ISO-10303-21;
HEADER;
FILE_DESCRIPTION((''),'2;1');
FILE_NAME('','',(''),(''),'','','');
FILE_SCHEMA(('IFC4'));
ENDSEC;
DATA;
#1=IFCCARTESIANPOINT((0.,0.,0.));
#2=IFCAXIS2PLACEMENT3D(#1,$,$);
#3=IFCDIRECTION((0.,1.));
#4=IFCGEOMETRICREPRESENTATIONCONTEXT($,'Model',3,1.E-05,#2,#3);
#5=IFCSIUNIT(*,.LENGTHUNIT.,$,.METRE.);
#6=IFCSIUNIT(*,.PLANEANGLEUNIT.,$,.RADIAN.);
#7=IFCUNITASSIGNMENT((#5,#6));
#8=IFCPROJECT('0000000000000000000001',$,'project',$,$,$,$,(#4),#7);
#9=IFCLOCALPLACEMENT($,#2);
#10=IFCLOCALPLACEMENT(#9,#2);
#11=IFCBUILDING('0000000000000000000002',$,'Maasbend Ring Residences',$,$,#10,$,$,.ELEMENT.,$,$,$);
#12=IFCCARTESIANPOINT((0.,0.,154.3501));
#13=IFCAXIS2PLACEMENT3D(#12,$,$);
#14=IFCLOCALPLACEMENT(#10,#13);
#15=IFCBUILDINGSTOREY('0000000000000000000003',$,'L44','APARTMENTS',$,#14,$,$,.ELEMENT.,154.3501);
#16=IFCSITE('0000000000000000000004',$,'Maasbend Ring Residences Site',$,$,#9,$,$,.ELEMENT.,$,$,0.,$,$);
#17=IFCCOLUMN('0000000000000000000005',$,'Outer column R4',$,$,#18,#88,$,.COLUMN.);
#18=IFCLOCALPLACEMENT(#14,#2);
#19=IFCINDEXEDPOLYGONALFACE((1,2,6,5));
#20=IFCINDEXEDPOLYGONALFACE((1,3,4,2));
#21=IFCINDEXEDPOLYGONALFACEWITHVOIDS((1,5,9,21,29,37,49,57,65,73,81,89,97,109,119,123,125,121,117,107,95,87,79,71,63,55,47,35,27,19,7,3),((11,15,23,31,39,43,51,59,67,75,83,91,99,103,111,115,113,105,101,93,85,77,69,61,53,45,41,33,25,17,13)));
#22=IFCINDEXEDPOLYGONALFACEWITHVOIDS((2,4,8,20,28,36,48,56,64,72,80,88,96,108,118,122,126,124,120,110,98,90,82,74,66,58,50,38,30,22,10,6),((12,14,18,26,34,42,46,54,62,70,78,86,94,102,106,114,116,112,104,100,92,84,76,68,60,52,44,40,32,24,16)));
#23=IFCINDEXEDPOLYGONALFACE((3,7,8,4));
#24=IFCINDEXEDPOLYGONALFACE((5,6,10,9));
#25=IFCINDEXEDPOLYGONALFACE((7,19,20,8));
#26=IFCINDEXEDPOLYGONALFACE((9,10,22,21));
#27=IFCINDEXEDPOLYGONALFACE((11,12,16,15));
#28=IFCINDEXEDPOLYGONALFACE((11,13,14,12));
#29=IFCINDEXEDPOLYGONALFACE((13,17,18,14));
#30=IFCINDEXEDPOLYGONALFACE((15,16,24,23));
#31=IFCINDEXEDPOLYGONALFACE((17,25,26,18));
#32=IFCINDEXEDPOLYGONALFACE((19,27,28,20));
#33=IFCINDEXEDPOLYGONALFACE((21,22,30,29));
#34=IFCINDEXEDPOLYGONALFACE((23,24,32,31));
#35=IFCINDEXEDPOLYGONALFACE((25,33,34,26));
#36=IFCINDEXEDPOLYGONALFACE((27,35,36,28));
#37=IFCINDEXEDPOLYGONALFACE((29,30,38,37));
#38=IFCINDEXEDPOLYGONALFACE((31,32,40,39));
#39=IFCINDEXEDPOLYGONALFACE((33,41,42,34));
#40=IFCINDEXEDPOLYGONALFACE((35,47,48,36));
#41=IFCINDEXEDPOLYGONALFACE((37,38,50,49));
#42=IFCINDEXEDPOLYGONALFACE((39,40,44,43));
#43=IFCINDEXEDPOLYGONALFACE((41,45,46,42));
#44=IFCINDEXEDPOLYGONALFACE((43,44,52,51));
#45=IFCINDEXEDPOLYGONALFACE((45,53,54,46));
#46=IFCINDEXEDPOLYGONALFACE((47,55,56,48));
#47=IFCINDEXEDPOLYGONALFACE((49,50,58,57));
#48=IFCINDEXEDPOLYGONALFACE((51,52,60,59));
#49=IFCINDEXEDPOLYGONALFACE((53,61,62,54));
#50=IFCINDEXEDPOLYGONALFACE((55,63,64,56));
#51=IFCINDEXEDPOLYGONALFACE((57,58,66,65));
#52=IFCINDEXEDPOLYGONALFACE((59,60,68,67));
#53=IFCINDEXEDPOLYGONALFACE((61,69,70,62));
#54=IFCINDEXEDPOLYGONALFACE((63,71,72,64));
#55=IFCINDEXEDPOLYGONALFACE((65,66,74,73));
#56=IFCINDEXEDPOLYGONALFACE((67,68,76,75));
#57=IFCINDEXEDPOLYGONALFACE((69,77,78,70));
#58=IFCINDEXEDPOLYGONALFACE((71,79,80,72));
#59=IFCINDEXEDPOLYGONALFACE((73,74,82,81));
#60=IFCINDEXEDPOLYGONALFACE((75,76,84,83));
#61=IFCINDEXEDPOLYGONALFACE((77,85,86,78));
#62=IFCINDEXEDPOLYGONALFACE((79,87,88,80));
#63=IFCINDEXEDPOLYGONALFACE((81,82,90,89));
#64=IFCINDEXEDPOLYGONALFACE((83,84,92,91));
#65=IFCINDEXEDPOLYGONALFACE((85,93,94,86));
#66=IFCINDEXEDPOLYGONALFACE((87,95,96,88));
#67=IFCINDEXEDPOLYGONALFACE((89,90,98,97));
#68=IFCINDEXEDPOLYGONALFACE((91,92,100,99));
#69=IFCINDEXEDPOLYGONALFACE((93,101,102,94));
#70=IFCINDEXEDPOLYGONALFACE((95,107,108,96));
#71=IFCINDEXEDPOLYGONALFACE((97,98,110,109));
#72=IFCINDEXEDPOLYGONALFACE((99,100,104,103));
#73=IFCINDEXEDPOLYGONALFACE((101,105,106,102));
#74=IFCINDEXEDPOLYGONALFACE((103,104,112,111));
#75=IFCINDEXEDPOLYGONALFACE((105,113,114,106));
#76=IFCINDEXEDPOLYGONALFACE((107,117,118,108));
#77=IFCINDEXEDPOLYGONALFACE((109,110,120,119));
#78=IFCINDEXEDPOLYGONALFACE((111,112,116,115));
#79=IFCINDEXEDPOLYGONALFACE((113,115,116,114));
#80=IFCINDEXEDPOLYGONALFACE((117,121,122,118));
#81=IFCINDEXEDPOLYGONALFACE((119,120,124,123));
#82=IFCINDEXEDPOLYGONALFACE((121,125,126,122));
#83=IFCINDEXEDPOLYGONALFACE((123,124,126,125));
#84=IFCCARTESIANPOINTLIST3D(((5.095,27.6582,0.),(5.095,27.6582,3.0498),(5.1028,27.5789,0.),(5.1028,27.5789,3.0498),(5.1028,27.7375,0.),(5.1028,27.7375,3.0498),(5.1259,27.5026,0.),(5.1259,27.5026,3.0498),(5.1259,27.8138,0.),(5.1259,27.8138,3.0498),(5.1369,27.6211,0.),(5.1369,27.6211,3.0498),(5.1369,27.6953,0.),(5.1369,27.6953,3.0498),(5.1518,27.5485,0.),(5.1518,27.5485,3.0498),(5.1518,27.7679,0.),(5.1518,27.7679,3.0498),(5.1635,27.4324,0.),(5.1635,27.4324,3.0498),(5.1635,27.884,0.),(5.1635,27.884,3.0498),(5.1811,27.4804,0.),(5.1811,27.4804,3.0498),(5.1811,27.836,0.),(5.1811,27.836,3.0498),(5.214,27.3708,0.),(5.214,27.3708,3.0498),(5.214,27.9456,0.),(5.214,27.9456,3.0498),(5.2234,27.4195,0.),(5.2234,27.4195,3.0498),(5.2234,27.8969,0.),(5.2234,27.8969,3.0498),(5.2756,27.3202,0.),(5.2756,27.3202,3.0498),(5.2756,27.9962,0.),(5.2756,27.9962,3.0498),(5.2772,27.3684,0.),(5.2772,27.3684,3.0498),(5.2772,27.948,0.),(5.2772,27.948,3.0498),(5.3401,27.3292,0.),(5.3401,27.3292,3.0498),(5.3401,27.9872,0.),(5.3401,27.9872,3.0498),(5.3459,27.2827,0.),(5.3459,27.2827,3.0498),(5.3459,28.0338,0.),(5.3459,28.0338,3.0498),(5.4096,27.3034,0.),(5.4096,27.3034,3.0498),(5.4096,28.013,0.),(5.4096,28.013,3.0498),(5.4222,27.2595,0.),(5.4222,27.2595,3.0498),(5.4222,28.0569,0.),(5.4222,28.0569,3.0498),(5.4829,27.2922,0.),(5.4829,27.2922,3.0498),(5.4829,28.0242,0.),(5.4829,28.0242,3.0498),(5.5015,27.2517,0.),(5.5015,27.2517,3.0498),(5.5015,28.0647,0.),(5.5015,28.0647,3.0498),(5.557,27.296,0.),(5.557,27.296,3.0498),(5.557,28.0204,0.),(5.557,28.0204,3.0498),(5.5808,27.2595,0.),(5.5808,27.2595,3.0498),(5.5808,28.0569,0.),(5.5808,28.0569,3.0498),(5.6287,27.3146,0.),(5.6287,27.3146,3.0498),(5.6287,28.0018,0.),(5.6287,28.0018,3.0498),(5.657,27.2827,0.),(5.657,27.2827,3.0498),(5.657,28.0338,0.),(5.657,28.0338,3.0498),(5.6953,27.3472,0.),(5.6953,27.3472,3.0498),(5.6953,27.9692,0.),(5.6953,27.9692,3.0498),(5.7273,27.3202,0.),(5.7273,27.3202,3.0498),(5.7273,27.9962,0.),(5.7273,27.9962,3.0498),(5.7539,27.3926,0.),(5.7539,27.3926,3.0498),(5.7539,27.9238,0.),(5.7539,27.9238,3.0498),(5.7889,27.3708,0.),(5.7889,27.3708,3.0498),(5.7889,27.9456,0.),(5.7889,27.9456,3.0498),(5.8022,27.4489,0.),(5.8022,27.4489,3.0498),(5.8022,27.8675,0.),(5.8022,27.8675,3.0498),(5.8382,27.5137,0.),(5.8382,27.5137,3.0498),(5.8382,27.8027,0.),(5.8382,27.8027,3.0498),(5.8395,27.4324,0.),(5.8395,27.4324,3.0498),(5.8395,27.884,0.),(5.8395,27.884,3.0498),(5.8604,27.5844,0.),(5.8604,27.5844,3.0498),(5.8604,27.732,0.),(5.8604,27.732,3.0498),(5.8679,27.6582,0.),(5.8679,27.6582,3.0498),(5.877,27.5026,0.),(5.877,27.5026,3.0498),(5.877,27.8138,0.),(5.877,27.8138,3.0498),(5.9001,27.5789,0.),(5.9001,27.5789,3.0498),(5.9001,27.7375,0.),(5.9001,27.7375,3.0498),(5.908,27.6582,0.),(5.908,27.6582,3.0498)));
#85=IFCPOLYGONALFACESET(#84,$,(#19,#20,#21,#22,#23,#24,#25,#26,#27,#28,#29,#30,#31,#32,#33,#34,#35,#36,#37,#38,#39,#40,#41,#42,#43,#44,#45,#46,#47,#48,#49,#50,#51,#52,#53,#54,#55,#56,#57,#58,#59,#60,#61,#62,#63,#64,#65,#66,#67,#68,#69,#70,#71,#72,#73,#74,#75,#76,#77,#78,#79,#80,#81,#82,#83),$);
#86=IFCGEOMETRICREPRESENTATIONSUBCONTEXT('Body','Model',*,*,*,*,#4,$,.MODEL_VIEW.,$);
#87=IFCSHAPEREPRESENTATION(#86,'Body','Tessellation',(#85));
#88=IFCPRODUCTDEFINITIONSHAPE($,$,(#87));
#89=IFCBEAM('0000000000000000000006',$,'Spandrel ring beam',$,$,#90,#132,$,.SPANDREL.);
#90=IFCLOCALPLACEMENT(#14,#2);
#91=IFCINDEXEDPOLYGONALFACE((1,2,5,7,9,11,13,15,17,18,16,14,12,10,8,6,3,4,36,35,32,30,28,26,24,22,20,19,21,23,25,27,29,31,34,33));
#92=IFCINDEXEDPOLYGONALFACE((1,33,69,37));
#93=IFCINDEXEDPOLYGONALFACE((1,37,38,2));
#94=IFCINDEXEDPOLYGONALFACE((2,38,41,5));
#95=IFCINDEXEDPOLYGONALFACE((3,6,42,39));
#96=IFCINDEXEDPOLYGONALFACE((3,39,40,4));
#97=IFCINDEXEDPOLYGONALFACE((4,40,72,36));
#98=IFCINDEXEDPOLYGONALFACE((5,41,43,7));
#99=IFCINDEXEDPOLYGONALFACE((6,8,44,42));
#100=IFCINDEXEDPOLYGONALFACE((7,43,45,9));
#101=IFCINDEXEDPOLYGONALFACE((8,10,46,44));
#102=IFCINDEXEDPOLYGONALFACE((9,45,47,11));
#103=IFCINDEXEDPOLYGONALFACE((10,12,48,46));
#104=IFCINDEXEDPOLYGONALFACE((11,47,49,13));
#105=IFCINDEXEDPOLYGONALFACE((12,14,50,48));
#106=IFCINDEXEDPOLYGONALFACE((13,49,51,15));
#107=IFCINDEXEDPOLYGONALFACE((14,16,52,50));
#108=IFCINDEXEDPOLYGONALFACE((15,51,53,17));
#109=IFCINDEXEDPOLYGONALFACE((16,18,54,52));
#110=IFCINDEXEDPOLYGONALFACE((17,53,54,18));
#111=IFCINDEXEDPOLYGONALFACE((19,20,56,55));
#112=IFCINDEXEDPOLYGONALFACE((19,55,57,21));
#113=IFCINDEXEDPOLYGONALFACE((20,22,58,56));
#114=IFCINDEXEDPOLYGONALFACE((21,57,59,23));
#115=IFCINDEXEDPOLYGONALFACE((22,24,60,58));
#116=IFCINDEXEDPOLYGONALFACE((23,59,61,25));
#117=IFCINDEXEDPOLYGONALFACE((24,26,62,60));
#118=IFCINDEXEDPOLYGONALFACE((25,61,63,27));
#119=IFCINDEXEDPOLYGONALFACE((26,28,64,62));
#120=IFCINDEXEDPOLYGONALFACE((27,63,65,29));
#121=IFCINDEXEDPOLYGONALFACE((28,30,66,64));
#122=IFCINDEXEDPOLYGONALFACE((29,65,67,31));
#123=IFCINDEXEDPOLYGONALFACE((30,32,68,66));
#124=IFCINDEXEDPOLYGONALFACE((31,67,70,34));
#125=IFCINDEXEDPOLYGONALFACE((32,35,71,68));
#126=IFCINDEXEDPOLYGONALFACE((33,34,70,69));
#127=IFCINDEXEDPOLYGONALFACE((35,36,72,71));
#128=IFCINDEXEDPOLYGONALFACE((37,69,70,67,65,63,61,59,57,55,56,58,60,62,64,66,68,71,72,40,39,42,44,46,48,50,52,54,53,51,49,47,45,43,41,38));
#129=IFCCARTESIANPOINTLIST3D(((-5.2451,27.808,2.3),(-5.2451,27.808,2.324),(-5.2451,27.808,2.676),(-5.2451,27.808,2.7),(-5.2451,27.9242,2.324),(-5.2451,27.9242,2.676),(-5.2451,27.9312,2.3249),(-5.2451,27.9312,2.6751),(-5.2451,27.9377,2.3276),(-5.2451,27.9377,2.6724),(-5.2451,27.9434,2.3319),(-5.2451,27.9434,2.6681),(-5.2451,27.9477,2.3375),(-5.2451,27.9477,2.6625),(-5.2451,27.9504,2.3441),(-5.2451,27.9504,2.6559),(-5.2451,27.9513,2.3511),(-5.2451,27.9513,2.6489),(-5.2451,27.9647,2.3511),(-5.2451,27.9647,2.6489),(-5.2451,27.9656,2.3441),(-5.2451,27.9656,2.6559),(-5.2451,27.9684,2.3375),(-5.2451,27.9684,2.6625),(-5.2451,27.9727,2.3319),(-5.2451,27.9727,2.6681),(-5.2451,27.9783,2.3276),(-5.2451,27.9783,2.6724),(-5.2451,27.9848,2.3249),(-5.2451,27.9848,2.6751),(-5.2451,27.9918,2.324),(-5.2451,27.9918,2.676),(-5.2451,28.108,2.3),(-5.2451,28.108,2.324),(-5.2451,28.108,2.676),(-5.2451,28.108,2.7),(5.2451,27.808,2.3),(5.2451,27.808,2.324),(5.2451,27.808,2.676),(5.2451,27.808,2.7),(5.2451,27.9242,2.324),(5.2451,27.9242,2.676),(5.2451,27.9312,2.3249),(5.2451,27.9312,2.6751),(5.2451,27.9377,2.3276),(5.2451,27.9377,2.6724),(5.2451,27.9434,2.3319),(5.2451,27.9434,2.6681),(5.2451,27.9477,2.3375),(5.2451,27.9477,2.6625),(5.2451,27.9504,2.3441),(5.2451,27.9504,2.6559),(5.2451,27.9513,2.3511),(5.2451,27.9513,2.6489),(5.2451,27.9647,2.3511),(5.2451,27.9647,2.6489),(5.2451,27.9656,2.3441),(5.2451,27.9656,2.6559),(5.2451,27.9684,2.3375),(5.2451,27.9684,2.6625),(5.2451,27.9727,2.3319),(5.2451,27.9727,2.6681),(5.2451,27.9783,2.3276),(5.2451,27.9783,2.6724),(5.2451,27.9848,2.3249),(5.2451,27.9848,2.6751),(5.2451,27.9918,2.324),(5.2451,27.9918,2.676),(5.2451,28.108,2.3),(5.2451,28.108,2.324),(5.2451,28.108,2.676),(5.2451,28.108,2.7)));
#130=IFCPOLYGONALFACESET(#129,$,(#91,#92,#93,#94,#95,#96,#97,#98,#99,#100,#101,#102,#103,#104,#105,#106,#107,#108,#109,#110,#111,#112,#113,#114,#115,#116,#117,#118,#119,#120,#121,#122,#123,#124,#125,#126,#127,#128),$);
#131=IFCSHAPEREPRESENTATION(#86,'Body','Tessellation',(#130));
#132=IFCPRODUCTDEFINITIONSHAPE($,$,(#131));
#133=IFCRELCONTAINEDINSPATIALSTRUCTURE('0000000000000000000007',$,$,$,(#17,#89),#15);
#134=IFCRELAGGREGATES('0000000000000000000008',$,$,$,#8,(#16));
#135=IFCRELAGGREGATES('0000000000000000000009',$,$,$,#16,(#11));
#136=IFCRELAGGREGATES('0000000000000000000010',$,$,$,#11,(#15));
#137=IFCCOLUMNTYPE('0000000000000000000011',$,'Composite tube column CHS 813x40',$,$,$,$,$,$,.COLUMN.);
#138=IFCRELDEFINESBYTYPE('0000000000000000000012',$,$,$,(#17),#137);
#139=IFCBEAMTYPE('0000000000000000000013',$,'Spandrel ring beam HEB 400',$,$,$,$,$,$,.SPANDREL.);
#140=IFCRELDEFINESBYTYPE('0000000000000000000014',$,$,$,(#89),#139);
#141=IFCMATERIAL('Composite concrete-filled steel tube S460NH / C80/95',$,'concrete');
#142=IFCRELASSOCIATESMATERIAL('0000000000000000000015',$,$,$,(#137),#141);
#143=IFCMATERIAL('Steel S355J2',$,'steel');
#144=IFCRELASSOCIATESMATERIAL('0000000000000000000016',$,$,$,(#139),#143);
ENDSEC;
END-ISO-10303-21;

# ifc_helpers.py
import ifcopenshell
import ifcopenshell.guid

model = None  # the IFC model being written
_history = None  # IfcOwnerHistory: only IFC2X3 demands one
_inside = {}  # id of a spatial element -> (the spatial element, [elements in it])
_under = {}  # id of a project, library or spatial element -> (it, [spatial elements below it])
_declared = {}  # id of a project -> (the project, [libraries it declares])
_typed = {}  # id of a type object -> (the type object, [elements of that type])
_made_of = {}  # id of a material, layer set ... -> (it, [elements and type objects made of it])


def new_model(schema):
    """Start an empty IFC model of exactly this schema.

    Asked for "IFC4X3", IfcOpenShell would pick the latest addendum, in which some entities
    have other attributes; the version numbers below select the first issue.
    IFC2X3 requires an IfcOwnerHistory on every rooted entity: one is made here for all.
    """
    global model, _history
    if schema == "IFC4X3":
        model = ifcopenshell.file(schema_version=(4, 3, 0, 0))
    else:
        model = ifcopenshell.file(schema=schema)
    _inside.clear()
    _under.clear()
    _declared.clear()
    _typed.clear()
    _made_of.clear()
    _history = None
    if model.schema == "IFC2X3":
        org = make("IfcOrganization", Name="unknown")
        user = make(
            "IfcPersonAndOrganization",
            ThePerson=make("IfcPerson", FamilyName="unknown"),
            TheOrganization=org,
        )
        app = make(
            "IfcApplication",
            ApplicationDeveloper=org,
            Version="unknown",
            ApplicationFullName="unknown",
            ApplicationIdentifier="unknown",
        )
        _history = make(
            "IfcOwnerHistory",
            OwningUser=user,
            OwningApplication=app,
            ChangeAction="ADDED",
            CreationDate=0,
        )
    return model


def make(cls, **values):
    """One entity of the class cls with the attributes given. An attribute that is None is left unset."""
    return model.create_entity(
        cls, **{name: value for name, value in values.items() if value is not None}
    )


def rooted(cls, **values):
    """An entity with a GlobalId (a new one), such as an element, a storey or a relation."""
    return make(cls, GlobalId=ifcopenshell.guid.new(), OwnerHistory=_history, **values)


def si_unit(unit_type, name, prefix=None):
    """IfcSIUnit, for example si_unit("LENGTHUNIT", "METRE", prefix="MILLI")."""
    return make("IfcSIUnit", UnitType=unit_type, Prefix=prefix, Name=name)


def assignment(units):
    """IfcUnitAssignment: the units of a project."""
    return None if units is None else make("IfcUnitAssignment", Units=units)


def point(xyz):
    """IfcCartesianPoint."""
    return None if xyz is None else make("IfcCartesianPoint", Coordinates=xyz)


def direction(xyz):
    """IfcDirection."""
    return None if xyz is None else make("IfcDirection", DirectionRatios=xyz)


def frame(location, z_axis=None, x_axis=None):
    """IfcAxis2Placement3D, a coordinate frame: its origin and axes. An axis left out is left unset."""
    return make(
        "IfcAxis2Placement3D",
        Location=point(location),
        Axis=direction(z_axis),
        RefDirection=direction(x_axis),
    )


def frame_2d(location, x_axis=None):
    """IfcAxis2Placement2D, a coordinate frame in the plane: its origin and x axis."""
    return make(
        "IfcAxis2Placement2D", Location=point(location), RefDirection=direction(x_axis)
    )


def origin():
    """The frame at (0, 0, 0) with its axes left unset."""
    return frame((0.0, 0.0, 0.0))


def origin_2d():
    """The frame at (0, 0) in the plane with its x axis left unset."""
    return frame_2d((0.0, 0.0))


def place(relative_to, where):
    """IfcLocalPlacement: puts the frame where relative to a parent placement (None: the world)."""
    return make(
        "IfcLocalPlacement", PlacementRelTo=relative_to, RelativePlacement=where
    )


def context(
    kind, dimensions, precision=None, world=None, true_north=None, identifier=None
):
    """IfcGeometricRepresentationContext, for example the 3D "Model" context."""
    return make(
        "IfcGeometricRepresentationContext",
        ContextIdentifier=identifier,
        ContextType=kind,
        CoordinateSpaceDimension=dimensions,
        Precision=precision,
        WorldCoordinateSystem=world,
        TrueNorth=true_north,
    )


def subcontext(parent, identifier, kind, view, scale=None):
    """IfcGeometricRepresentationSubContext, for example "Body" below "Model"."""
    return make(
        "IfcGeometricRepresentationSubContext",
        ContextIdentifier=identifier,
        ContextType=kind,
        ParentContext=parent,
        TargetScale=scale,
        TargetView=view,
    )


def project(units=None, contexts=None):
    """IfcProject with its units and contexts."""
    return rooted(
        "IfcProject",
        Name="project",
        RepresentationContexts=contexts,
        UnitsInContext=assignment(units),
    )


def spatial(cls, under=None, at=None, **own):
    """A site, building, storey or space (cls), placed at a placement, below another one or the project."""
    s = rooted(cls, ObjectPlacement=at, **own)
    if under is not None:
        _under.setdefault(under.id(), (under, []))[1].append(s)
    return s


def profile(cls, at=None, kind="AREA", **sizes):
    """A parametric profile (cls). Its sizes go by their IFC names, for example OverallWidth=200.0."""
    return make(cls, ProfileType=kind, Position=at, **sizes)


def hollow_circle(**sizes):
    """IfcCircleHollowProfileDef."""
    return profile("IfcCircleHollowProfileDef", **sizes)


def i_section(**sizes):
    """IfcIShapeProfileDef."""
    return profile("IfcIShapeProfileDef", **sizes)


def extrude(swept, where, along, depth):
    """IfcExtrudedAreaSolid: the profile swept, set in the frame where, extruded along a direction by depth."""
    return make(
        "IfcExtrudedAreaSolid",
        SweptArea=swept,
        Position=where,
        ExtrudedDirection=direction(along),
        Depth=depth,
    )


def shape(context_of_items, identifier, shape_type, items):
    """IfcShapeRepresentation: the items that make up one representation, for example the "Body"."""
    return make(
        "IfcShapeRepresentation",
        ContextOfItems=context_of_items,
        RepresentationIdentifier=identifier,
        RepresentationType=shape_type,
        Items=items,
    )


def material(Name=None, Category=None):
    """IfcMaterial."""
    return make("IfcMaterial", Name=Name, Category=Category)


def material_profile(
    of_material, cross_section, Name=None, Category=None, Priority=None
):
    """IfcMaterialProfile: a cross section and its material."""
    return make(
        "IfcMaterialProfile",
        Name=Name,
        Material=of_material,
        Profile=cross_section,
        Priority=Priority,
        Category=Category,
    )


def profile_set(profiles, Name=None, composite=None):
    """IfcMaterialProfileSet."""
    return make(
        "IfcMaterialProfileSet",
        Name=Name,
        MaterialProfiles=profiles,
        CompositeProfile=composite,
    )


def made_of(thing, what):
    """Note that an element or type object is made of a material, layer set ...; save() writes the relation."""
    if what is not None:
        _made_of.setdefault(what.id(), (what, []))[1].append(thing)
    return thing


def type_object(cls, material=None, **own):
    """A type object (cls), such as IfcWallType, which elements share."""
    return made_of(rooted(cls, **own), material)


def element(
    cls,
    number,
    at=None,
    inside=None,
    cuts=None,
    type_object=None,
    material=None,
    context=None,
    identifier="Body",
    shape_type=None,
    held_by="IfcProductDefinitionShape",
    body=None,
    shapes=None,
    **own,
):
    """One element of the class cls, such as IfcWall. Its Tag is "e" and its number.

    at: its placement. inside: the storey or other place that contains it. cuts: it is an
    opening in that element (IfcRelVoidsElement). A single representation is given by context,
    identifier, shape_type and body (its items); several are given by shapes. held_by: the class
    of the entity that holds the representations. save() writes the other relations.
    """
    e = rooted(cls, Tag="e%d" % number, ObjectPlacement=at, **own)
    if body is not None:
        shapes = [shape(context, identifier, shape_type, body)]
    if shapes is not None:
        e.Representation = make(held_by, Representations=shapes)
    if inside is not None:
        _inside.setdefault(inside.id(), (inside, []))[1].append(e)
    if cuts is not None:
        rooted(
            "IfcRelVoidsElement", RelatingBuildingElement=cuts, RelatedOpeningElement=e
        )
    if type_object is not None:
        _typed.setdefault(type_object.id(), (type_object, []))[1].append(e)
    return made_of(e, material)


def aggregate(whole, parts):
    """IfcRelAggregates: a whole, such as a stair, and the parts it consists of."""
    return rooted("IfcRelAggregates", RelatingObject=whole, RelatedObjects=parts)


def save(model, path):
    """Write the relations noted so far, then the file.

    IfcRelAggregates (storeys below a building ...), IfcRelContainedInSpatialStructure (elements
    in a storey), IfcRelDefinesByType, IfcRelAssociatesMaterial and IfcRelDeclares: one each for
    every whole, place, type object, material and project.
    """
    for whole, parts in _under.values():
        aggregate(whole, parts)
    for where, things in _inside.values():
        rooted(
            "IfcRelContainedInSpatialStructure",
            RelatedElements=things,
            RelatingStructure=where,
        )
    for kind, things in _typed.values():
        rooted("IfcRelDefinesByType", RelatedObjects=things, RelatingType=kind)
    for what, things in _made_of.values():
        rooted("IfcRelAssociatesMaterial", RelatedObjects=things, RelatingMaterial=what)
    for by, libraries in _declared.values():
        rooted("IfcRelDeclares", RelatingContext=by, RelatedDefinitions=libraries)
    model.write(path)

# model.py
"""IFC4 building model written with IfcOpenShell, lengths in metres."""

from ifc_helpers import new_model, si_unit, direction, frame, origin, origin_2d, place, context, subcontext, project, spatial, hollow_circle, i_section, extrude, material, material_profile, profile_set, type_object, element, save


model = new_model("IFC4")

# Units and contexts
model_context = context("Model", 3, precision=1e-05, world=origin(), true_north=direction((0.0, 1.0)))
body_context = subcontext(model_context, "Body", "Model", "MODEL_VIEW")
ifc_project = project(units=[si_unit("LENGTHUNIT", "METRE"), si_unit("PLANEANGLEUNIT", "RADIAN")], contexts=[model_context])

# Site, building, storey
site_placement = place(None, origin())
site = spatial("IfcSite", under=ifc_project, at=site_placement, Name="Maasbend Ring Residences Site", CompositionType="ELEMENT", RefElevation=0.0)
building_placement = place(site_placement, origin())
building = spatial("IfcBuilding", under=site, at=building_placement, Name="Maasbend Ring Residences", CompositionType="ELEMENT")
storey_placement = place(building_placement, frame((0.0, 0.0, 154.3501)))
storey = spatial("IfcBuildingStorey", under=building, at=storey_placement, Name="L44", Description="APARTMENTS", CompositionType="ELEMENT", Elevation=154.3501)

# Column
ifc_material_1 = material(Name="Composite concrete-filled steel tube S460NH / C80/95", Category="concrete")
ifc_material_profile_1 = material_profile(ifc_material_1, hollow_circle(Radius=0.4065, WallThickness=0.04, at=origin_2d()), Name="Composite tube column CHS 813x40")
ifc_profile_set_1 = profile_set([ifc_material_profile_1], Name="Composite concrete-filled steel tube S460NH / C80/95")
column_type = type_object("IfcColumnType", Name="Composite tube column CHS 813x40", PredefinedType="COLUMN", material=ifc_profile_set_1)
column_placement = place(storey_placement, frame((5.5015, 27.6582, 0.0), z_axis=(0.0, 0.0, 1.0), x_axis=(1.0, 0.0, 0.0)))
element("IfcColumn", 1, at=column_placement, inside=storey, type_object=column_type, Name="Outer column R4", PredefinedType="COLUMN", context=body_context, shape_type="SweptSolid", body=[
    extrude(hollow_circle(Radius=0.4065, WallThickness=0.04, at=origin_2d()), origin(), (0.0, 0.0, 1.0), 3.0498),
])

# Beam
ifc_material_2 = material(Name="Steel S355J2", Category="steel")
ifc_material_profile_2 = material_profile(ifc_material_2, i_section(OverallWidth=0.3, OverallDepth=0.3999, WebThickness=0.0134, FlangeThickness=0.0239, FilletRadius=0.0271, at=origin_2d()), Name="HEB 400")
ifc_profile_set_2 = profile_set([ifc_material_profile_2], Name="Steel S355J2")
beam_type = type_object("IfcBeamType", Name="Spandrel ring beam HEB 400", PredefinedType="SPANDREL", material=ifc_profile_set_2)
beam_placement = place(storey_placement, frame((5.2451, 27.958, 2.5), z_axis=(-1.0, 0.0, 0.0), x_axis=(0.0, -1.0, 0.0)))
element("IfcBeam", 2, at=beam_placement, inside=storey, type_object=beam_type, Name="Spandrel ring beam", PredefinedType="SPANDREL", context=body_context, shape_type="SweptSolid", body=[
    extrude(i_section(OverallWidth=0.3, OverallDepth=0.3999, WebThickness=0.0134, FlangeThickness=0.0239, FilletRadius=0.0271, at=origin_2d()), origin(), (0.0, 0.0, 1.0), 10.4902),
])

save(model, "model.ifc")
